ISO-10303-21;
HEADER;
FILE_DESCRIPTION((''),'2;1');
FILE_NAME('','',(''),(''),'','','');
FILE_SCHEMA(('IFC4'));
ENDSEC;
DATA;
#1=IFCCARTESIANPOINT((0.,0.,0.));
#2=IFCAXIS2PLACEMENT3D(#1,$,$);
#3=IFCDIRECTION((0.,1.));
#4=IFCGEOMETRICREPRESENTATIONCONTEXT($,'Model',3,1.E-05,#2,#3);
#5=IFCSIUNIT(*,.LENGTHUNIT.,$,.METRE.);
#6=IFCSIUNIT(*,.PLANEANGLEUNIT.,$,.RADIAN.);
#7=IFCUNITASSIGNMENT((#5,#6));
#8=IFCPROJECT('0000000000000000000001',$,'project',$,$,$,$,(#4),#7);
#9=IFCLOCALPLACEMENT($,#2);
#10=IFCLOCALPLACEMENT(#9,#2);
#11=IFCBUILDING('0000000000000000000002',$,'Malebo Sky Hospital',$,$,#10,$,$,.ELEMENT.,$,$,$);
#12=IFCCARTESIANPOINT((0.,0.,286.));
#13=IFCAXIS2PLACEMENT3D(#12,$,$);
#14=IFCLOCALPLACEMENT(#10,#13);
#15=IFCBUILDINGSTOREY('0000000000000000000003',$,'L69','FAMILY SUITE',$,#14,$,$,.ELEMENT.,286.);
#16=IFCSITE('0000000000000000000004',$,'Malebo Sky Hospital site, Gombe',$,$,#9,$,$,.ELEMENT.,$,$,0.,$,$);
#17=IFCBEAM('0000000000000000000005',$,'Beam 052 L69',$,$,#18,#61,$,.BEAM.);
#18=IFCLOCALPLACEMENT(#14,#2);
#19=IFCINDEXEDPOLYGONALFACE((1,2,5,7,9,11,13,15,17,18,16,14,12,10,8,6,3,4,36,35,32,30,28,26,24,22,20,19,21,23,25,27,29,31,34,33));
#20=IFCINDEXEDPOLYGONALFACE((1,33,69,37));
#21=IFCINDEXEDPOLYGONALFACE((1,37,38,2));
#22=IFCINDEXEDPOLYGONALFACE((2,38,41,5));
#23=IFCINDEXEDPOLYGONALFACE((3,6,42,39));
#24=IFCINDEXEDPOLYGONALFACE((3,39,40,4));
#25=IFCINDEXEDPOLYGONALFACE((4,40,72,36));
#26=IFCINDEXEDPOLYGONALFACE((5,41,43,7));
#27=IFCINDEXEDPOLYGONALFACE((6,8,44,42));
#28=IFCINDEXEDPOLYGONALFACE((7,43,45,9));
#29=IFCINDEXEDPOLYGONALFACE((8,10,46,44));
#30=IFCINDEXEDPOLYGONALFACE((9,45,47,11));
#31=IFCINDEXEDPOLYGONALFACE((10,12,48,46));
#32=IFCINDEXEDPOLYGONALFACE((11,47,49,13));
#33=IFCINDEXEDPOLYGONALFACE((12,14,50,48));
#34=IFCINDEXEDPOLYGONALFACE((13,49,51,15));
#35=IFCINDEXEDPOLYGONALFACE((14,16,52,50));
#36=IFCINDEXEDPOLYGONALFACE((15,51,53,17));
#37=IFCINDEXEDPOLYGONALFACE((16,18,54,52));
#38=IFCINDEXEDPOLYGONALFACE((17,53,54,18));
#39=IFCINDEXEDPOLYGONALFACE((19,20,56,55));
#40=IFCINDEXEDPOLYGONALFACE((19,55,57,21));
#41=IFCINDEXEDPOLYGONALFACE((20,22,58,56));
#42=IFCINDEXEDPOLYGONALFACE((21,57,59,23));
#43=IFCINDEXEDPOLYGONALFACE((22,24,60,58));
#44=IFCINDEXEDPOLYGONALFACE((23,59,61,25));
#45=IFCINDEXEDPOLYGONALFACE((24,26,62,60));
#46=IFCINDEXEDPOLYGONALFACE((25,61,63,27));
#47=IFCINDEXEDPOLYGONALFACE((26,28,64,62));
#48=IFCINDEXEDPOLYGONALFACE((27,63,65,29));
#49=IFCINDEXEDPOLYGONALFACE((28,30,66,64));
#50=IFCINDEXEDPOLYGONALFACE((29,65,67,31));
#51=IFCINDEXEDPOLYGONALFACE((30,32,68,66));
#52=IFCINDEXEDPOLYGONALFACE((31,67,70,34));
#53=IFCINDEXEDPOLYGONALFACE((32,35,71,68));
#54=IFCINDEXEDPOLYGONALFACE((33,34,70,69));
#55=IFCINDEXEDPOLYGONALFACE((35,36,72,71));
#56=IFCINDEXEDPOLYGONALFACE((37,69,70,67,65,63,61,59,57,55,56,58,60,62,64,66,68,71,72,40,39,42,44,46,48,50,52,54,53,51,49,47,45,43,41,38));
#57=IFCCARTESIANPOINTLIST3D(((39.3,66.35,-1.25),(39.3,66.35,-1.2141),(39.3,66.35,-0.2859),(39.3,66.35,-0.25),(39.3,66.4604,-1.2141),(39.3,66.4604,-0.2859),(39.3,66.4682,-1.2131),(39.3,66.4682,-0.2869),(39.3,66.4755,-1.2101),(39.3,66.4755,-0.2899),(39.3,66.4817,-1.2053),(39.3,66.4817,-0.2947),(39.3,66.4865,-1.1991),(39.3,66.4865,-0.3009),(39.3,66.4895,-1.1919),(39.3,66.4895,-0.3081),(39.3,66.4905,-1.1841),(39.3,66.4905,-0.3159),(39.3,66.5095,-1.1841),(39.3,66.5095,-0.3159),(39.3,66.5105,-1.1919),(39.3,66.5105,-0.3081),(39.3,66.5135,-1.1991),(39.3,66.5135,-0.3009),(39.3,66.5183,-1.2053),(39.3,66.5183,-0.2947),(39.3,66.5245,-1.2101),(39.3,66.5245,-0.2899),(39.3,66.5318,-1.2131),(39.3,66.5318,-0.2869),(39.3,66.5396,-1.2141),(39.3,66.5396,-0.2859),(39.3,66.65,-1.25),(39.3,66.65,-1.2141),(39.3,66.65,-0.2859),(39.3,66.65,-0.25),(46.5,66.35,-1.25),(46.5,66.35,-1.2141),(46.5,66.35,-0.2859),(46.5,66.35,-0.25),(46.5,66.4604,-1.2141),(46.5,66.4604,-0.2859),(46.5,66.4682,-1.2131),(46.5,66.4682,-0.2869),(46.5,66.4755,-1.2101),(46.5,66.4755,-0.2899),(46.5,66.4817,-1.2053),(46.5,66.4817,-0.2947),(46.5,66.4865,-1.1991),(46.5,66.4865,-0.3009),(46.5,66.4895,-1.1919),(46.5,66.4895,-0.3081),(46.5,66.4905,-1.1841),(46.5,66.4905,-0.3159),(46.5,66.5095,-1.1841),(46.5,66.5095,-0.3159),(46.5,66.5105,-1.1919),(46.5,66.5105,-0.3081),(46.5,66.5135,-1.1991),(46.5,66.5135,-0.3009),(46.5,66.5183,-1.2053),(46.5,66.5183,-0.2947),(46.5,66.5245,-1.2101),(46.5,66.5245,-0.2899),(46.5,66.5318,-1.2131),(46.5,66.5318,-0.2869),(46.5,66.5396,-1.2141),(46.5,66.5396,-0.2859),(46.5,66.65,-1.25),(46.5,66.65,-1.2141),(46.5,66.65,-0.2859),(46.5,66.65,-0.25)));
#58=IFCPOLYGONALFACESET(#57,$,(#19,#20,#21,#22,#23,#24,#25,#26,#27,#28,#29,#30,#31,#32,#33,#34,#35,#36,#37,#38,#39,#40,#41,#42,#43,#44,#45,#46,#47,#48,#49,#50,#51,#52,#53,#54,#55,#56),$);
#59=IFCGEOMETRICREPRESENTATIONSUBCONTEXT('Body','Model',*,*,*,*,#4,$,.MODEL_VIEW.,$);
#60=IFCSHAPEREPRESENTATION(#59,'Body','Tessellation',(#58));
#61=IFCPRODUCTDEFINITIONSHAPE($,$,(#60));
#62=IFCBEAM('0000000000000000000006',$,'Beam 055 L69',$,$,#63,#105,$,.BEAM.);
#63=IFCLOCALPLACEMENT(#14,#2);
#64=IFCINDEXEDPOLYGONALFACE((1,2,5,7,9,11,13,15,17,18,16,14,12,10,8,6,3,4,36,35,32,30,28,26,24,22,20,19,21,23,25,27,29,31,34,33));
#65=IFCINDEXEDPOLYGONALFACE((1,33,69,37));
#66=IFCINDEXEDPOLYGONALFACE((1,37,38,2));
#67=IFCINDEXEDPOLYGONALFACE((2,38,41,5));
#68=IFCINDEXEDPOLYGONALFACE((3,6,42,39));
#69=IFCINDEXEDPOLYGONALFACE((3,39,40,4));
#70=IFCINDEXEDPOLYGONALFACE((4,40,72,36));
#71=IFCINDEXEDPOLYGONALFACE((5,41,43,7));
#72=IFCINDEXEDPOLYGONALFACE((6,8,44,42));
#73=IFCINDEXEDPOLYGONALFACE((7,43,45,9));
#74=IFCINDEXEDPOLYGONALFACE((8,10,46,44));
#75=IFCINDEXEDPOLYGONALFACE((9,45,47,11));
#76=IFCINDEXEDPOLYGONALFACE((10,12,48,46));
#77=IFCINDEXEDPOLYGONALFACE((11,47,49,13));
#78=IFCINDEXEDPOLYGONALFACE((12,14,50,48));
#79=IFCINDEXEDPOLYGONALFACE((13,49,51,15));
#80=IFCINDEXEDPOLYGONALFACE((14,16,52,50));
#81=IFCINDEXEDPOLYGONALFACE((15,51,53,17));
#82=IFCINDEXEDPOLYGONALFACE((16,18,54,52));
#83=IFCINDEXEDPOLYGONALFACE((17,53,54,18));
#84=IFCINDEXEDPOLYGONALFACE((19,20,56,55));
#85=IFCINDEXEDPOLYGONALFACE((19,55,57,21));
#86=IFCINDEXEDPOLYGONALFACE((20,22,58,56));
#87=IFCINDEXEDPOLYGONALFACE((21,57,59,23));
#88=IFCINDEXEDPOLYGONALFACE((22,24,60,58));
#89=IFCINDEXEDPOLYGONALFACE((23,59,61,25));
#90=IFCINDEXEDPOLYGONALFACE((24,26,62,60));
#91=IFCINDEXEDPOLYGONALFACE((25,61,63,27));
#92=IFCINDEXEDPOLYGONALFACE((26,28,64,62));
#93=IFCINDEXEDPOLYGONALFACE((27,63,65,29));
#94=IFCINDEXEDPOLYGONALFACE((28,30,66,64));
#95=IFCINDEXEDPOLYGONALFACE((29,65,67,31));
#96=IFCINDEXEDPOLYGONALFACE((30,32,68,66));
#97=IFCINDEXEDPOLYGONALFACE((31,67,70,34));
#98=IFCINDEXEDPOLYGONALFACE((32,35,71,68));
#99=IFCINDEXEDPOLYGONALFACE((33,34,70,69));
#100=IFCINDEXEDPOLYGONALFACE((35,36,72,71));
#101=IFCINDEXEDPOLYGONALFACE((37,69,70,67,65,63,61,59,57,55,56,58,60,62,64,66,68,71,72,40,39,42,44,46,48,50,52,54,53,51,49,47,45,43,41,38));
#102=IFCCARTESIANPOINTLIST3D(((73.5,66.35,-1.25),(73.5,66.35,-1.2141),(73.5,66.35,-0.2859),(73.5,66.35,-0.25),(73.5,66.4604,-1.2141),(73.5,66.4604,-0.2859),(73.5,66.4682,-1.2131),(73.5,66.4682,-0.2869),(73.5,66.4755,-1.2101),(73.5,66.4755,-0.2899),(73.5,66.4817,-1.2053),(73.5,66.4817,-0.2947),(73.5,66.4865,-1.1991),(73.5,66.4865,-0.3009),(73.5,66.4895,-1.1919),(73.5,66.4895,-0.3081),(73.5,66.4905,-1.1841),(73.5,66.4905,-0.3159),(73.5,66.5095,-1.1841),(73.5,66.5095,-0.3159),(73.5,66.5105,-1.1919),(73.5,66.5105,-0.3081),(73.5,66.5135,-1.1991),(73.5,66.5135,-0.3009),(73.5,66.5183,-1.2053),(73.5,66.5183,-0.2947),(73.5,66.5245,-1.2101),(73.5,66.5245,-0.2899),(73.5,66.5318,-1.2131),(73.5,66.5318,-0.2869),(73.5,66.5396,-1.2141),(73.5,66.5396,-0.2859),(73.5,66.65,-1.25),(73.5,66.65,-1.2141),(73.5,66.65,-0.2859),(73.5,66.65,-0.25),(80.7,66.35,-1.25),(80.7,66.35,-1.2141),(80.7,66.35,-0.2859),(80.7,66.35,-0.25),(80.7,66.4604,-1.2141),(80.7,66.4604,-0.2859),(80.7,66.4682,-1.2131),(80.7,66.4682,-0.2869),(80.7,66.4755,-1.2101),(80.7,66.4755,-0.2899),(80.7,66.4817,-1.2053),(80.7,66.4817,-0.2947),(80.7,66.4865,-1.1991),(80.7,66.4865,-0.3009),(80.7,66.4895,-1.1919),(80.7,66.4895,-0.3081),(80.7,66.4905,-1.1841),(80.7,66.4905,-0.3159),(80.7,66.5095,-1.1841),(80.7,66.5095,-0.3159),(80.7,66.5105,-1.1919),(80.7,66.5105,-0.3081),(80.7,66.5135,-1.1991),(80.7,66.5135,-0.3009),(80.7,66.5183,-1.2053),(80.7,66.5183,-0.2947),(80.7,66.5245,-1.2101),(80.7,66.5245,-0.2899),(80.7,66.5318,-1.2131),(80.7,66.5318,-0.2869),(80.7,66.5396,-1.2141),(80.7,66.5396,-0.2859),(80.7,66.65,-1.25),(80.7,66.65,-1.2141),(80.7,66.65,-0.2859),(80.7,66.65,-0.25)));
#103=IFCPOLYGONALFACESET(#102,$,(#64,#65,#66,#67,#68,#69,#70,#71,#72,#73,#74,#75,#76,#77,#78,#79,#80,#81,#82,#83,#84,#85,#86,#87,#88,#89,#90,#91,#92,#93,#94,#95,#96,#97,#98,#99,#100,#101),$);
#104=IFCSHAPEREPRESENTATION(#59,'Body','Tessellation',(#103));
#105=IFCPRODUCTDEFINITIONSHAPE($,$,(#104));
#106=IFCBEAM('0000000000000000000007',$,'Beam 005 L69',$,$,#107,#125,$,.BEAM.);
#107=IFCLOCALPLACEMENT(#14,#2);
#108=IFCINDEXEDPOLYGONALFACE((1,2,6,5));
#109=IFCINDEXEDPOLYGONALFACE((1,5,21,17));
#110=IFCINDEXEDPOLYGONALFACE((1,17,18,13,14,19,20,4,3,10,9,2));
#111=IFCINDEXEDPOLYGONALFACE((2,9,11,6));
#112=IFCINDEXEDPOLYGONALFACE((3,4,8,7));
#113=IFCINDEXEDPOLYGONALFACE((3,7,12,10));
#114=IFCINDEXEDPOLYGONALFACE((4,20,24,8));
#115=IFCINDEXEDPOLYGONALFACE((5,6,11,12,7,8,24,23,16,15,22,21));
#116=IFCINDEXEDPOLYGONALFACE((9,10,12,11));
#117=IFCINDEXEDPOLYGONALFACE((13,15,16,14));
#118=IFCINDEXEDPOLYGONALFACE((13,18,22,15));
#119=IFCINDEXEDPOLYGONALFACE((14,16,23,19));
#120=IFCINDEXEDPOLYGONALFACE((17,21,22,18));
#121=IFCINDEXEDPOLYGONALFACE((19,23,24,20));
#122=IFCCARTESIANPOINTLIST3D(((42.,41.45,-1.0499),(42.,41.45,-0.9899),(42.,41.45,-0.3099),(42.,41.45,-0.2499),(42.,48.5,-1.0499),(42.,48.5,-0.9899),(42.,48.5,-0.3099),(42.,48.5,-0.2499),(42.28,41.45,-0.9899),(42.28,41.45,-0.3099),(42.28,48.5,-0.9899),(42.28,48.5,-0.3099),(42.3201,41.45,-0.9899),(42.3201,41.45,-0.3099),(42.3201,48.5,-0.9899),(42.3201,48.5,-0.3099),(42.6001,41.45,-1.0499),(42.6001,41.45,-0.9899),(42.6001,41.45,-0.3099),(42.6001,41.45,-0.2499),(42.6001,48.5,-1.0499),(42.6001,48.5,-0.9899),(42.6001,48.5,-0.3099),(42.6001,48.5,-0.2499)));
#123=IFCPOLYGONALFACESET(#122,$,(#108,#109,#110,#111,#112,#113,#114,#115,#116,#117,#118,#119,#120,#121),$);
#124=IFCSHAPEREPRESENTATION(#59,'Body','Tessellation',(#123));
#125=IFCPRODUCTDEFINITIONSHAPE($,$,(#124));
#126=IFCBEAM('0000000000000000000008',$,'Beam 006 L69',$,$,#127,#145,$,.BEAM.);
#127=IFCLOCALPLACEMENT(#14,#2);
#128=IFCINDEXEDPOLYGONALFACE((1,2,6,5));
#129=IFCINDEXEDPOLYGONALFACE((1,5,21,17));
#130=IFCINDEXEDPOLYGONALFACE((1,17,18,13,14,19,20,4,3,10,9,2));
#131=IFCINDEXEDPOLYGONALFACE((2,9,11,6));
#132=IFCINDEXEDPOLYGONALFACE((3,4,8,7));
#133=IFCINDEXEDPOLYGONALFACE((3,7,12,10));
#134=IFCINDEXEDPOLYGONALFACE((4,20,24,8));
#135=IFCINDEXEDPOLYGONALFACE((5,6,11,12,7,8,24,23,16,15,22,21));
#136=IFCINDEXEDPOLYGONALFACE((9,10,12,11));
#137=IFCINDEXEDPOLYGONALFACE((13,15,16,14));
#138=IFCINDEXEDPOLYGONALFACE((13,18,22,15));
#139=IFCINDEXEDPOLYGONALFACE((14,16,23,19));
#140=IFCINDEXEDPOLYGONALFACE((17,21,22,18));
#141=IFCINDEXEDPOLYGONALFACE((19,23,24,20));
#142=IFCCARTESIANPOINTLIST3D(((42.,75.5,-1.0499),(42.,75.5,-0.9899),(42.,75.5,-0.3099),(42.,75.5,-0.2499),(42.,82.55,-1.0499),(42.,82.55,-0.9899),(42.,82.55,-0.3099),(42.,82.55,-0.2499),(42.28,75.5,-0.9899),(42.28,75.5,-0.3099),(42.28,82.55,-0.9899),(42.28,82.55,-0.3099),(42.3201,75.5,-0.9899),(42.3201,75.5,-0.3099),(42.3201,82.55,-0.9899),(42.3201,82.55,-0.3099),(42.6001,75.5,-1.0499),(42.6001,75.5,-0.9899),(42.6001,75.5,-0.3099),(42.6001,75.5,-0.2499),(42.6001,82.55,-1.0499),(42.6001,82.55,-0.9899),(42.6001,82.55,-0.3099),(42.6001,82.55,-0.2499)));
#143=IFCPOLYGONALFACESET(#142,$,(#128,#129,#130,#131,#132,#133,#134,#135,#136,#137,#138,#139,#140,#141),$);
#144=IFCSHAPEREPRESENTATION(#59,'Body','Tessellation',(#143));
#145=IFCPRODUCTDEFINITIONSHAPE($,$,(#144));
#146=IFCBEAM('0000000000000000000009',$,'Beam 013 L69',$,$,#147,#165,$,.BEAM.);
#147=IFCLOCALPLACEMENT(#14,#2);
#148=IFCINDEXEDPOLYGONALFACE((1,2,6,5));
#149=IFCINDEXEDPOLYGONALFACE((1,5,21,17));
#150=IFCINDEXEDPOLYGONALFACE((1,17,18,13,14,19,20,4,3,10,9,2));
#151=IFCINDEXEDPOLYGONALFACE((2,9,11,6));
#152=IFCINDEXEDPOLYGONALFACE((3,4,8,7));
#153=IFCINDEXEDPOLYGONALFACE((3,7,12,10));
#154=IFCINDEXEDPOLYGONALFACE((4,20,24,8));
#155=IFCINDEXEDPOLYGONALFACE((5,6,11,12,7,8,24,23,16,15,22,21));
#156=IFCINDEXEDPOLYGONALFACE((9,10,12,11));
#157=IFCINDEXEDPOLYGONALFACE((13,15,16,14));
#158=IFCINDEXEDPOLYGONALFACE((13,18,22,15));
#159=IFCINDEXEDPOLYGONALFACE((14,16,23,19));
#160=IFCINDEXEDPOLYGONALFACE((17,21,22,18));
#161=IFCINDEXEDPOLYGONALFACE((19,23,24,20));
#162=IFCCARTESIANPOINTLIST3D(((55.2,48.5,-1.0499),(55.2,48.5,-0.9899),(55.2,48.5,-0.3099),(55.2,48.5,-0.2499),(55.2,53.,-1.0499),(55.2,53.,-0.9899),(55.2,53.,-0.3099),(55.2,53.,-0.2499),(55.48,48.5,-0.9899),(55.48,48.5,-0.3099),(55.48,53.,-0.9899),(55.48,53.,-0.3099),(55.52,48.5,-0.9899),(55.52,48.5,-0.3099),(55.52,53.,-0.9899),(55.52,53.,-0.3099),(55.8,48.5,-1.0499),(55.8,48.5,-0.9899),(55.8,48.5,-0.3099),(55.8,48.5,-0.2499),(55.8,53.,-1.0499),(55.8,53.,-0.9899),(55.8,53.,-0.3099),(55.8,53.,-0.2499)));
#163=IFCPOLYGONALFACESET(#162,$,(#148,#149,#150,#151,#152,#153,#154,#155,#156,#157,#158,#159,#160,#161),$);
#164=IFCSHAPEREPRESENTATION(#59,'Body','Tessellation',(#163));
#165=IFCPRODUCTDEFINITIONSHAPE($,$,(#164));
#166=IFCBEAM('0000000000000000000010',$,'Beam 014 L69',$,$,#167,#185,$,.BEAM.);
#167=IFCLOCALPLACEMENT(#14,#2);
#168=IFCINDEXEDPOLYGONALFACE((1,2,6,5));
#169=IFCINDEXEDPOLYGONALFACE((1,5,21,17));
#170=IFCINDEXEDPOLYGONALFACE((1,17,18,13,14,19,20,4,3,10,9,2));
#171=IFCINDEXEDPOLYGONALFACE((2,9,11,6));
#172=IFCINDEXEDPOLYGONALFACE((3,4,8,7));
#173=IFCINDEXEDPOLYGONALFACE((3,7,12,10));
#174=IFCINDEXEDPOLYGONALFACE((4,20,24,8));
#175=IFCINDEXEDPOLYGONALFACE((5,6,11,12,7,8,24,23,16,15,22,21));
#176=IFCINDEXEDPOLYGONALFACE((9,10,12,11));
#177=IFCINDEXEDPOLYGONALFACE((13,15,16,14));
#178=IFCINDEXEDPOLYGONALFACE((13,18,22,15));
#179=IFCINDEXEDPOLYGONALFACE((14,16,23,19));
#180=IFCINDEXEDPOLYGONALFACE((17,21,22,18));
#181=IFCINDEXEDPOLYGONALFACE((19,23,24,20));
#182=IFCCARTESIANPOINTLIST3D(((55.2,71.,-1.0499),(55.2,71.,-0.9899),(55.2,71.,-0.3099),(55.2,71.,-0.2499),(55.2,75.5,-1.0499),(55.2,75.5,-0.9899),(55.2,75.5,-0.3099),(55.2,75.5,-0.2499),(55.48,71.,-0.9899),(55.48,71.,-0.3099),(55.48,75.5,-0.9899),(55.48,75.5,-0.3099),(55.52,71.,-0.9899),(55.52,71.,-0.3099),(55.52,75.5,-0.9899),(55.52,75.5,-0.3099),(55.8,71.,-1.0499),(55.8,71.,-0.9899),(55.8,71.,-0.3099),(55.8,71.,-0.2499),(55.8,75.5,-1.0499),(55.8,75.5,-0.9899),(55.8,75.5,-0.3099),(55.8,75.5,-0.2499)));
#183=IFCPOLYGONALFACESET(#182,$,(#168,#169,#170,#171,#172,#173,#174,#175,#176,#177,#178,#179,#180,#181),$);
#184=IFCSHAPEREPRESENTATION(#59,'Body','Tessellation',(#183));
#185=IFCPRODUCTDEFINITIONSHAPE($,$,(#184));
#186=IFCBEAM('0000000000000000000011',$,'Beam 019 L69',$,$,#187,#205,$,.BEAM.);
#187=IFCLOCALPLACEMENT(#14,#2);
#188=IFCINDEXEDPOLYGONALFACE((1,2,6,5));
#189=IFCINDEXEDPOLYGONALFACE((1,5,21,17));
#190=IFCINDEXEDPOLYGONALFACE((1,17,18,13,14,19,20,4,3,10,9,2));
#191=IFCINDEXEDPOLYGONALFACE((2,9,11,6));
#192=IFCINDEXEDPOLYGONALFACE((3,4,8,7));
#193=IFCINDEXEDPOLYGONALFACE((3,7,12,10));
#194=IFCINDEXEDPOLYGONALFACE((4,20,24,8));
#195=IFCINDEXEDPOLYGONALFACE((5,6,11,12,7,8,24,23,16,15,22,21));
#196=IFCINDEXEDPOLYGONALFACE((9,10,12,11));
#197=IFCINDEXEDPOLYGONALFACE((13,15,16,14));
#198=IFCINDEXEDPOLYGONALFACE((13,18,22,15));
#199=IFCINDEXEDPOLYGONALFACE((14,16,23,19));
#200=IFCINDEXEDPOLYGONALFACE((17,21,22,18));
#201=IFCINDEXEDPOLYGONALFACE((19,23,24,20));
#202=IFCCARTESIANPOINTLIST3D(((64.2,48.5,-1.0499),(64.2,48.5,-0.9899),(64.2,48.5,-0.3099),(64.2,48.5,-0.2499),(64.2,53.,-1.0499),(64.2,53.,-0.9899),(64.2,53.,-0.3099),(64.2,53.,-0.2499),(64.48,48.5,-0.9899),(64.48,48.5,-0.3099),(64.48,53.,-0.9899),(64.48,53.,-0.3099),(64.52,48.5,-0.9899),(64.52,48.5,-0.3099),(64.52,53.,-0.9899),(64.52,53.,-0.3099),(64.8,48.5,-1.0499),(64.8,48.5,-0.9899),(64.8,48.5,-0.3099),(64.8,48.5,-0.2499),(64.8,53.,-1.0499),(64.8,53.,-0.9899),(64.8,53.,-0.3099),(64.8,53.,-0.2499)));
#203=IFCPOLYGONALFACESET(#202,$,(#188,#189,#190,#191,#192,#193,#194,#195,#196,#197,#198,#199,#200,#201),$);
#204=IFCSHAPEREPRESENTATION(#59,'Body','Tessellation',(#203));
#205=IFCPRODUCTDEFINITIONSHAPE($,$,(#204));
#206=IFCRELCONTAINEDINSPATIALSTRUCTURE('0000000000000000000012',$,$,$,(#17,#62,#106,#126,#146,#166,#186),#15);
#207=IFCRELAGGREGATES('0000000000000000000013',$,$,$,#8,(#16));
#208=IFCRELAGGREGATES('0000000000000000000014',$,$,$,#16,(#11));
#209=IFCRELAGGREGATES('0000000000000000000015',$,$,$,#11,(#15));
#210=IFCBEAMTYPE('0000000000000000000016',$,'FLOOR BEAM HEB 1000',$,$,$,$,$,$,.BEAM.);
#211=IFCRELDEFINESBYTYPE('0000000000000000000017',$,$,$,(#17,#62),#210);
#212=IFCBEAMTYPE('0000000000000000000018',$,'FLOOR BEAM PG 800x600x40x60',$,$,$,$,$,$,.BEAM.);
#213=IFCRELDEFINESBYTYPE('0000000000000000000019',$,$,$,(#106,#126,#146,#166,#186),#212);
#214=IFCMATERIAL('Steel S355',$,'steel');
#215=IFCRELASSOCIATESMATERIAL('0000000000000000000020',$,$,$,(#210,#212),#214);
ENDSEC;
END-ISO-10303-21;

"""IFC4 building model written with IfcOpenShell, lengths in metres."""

from ifc_helpers import new_model, si_unit, direction, frame, origin, origin_2d, place, context, subcontext, project, spatial, i_section, extrude, material, material_profile, profile_set, type_object, element, save


model = new_model("IFC4")

# Units and contexts
model_context = context("Model", 3, precision=1e-05, world=origin(), true_north=direction((0.0, 1.0)))
body_context = subcontext(model_context, "Body", "Model", "MODEL_VIEW")
ifc_project = project(units=[si_unit("LENGTHUNIT", "METRE"), si_unit("PLANEANGLEUNIT", "RADIAN")], contexts=[model_context])

# Site, building, storey
site_placement = place(None, origin())
site = spatial("IfcSite", under=ifc_project, at=site_placement, Name="Malebo Sky Hospital site, Gombe", CompositionType="ELEMENT", RefElevation=0.0)
building_placement = place(site_placement, origin())
building = spatial("IfcBuilding", under=site, at=building_placement, Name="Malebo Sky Hospital", CompositionType="ELEMENT")
storey_placement = place(building_placement, frame((0.0, 0.0, 286.0)))
storey = spatial("IfcBuildingStorey", under=building, at=storey_placement, Name="L69", Description="FAMILY SUITE", CompositionType="ELEMENT", Elevation=286.0)

# Beams
ifc_material = material(Name="Steel S355", Category="steel")
ifc_material_profile_1 = material_profile(ifc_material, i_section(OverallWidth=0.3, OverallDepth=1.0, WebThickness=0.019, FlangeThickness=0.0359, FilletRadius=0.03, at=origin_2d()), Name="HEB 1000")
ifc_profile_set_1 = profile_set([ifc_material_profile_1], Name="Steel S355")
beam_type_1 = type_object("IfcBeamType", Name="FLOOR BEAM HEB 1000", PredefinedType="BEAM", material=ifc_profile_set_1)
for number, where, z_axis, x_axis, name in (
    (1, (39.3, 66.5, -0.75), (1.0, 0.0, 0.0), (0.0, 1.0, 0.0), "Beam 052 L69"),
    (2, (73.5, 66.5, -0.75), (1.0, 0.0, 0.0), (0.0, 1.0, 0.0), "Beam 055 L69"),
):
    element("IfcBeam", number, at=place(storey_placement, frame(where, z_axis=z_axis, x_axis=x_axis)), inside=storey, type_object=beam_type_1, Name=name, PredefinedType="BEAM", context=body_context, shape_type="SweptSolid", body=[
        extrude(i_section(OverallWidth=0.3, OverallDepth=1.0, WebThickness=0.019, FlangeThickness=0.0359, FilletRadius=0.03, at=origin_2d()), origin(), (0.0, 0.0, 1.0), 7.2),
    ])
ifc_material_profile_2 = material_profile(ifc_material, i_section(OverallWidth=0.6001, OverallDepth=0.8, WebThickness=0.04, FlangeThickness=0.0601, at=origin_2d()), Name="PG 800x600x40x60")
ifc_profile_set_2 = profile_set([ifc_material_profile_2], Name="Steel S355")
beam_type_2 = type_object("IfcBeamType", Name="FLOOR BEAM PG 800x600x40x60", PredefinedType="BEAM", material=ifc_profile_set_2)
for number, where, z_axis, x_axis, name in (
    (3, (42.3, 41.45, -0.6499), (0.0, 1.0, 0.0), (-1.0, 0.0, 0.0), "Beam 005 L69"),
    (4, (42.3, 75.5, -0.6499), (0.0, 1.0, 0.0), (-1.0, 0.0, 0.0), "Beam 006 L69"),
):
    element("IfcBeam", number, at=place(storey_placement, frame(where, z_axis=z_axis, x_axis=x_axis)), inside=storey, type_object=beam_type_2, Name=name, PredefinedType="BEAM", context=body_context, shape_type="SweptSolid", body=[
        extrude(i_section(OverallWidth=0.6001, OverallDepth=0.8, WebThickness=0.04, FlangeThickness=0.0601, at=origin_2d()), origin(), (0.0, 0.0, 1.0), 7.05),
    ])
for number, where, z_axis, x_axis, name in (
    (5, (55.5, 48.5, -0.6499), (0.0, 1.0, 0.0), (-1.0, 0.0, 0.0), "Beam 013 L69"),
    (6, (55.5, 71.0, -0.6499), (0.0, 1.0, 0.0), (-1.0, 0.0, 0.0), "Beam 014 L69"),
    (7, (64.5, 48.5, -0.6499), (0.0, 1.0, 0.0), (-1.0, 0.0, 0.0), "Beam 019 L69"),
):
    element("IfcBeam", number, at=place(storey_placement, frame(where, z_axis=z_axis, x_axis=x_axis)), inside=storey, type_object=beam_type_2, Name=name, PredefinedType="BEAM", context=body_context, shape_type="SweptSolid", body=[
        extrude(i_section(OverallWidth=0.6001, OverallDepth=0.8, WebThickness=0.04, FlangeThickness=0.0601, at=origin_2d()), origin(), (0.0, 0.0, 1.0), 4.5),
    ])

save(model, "model.ifc")
